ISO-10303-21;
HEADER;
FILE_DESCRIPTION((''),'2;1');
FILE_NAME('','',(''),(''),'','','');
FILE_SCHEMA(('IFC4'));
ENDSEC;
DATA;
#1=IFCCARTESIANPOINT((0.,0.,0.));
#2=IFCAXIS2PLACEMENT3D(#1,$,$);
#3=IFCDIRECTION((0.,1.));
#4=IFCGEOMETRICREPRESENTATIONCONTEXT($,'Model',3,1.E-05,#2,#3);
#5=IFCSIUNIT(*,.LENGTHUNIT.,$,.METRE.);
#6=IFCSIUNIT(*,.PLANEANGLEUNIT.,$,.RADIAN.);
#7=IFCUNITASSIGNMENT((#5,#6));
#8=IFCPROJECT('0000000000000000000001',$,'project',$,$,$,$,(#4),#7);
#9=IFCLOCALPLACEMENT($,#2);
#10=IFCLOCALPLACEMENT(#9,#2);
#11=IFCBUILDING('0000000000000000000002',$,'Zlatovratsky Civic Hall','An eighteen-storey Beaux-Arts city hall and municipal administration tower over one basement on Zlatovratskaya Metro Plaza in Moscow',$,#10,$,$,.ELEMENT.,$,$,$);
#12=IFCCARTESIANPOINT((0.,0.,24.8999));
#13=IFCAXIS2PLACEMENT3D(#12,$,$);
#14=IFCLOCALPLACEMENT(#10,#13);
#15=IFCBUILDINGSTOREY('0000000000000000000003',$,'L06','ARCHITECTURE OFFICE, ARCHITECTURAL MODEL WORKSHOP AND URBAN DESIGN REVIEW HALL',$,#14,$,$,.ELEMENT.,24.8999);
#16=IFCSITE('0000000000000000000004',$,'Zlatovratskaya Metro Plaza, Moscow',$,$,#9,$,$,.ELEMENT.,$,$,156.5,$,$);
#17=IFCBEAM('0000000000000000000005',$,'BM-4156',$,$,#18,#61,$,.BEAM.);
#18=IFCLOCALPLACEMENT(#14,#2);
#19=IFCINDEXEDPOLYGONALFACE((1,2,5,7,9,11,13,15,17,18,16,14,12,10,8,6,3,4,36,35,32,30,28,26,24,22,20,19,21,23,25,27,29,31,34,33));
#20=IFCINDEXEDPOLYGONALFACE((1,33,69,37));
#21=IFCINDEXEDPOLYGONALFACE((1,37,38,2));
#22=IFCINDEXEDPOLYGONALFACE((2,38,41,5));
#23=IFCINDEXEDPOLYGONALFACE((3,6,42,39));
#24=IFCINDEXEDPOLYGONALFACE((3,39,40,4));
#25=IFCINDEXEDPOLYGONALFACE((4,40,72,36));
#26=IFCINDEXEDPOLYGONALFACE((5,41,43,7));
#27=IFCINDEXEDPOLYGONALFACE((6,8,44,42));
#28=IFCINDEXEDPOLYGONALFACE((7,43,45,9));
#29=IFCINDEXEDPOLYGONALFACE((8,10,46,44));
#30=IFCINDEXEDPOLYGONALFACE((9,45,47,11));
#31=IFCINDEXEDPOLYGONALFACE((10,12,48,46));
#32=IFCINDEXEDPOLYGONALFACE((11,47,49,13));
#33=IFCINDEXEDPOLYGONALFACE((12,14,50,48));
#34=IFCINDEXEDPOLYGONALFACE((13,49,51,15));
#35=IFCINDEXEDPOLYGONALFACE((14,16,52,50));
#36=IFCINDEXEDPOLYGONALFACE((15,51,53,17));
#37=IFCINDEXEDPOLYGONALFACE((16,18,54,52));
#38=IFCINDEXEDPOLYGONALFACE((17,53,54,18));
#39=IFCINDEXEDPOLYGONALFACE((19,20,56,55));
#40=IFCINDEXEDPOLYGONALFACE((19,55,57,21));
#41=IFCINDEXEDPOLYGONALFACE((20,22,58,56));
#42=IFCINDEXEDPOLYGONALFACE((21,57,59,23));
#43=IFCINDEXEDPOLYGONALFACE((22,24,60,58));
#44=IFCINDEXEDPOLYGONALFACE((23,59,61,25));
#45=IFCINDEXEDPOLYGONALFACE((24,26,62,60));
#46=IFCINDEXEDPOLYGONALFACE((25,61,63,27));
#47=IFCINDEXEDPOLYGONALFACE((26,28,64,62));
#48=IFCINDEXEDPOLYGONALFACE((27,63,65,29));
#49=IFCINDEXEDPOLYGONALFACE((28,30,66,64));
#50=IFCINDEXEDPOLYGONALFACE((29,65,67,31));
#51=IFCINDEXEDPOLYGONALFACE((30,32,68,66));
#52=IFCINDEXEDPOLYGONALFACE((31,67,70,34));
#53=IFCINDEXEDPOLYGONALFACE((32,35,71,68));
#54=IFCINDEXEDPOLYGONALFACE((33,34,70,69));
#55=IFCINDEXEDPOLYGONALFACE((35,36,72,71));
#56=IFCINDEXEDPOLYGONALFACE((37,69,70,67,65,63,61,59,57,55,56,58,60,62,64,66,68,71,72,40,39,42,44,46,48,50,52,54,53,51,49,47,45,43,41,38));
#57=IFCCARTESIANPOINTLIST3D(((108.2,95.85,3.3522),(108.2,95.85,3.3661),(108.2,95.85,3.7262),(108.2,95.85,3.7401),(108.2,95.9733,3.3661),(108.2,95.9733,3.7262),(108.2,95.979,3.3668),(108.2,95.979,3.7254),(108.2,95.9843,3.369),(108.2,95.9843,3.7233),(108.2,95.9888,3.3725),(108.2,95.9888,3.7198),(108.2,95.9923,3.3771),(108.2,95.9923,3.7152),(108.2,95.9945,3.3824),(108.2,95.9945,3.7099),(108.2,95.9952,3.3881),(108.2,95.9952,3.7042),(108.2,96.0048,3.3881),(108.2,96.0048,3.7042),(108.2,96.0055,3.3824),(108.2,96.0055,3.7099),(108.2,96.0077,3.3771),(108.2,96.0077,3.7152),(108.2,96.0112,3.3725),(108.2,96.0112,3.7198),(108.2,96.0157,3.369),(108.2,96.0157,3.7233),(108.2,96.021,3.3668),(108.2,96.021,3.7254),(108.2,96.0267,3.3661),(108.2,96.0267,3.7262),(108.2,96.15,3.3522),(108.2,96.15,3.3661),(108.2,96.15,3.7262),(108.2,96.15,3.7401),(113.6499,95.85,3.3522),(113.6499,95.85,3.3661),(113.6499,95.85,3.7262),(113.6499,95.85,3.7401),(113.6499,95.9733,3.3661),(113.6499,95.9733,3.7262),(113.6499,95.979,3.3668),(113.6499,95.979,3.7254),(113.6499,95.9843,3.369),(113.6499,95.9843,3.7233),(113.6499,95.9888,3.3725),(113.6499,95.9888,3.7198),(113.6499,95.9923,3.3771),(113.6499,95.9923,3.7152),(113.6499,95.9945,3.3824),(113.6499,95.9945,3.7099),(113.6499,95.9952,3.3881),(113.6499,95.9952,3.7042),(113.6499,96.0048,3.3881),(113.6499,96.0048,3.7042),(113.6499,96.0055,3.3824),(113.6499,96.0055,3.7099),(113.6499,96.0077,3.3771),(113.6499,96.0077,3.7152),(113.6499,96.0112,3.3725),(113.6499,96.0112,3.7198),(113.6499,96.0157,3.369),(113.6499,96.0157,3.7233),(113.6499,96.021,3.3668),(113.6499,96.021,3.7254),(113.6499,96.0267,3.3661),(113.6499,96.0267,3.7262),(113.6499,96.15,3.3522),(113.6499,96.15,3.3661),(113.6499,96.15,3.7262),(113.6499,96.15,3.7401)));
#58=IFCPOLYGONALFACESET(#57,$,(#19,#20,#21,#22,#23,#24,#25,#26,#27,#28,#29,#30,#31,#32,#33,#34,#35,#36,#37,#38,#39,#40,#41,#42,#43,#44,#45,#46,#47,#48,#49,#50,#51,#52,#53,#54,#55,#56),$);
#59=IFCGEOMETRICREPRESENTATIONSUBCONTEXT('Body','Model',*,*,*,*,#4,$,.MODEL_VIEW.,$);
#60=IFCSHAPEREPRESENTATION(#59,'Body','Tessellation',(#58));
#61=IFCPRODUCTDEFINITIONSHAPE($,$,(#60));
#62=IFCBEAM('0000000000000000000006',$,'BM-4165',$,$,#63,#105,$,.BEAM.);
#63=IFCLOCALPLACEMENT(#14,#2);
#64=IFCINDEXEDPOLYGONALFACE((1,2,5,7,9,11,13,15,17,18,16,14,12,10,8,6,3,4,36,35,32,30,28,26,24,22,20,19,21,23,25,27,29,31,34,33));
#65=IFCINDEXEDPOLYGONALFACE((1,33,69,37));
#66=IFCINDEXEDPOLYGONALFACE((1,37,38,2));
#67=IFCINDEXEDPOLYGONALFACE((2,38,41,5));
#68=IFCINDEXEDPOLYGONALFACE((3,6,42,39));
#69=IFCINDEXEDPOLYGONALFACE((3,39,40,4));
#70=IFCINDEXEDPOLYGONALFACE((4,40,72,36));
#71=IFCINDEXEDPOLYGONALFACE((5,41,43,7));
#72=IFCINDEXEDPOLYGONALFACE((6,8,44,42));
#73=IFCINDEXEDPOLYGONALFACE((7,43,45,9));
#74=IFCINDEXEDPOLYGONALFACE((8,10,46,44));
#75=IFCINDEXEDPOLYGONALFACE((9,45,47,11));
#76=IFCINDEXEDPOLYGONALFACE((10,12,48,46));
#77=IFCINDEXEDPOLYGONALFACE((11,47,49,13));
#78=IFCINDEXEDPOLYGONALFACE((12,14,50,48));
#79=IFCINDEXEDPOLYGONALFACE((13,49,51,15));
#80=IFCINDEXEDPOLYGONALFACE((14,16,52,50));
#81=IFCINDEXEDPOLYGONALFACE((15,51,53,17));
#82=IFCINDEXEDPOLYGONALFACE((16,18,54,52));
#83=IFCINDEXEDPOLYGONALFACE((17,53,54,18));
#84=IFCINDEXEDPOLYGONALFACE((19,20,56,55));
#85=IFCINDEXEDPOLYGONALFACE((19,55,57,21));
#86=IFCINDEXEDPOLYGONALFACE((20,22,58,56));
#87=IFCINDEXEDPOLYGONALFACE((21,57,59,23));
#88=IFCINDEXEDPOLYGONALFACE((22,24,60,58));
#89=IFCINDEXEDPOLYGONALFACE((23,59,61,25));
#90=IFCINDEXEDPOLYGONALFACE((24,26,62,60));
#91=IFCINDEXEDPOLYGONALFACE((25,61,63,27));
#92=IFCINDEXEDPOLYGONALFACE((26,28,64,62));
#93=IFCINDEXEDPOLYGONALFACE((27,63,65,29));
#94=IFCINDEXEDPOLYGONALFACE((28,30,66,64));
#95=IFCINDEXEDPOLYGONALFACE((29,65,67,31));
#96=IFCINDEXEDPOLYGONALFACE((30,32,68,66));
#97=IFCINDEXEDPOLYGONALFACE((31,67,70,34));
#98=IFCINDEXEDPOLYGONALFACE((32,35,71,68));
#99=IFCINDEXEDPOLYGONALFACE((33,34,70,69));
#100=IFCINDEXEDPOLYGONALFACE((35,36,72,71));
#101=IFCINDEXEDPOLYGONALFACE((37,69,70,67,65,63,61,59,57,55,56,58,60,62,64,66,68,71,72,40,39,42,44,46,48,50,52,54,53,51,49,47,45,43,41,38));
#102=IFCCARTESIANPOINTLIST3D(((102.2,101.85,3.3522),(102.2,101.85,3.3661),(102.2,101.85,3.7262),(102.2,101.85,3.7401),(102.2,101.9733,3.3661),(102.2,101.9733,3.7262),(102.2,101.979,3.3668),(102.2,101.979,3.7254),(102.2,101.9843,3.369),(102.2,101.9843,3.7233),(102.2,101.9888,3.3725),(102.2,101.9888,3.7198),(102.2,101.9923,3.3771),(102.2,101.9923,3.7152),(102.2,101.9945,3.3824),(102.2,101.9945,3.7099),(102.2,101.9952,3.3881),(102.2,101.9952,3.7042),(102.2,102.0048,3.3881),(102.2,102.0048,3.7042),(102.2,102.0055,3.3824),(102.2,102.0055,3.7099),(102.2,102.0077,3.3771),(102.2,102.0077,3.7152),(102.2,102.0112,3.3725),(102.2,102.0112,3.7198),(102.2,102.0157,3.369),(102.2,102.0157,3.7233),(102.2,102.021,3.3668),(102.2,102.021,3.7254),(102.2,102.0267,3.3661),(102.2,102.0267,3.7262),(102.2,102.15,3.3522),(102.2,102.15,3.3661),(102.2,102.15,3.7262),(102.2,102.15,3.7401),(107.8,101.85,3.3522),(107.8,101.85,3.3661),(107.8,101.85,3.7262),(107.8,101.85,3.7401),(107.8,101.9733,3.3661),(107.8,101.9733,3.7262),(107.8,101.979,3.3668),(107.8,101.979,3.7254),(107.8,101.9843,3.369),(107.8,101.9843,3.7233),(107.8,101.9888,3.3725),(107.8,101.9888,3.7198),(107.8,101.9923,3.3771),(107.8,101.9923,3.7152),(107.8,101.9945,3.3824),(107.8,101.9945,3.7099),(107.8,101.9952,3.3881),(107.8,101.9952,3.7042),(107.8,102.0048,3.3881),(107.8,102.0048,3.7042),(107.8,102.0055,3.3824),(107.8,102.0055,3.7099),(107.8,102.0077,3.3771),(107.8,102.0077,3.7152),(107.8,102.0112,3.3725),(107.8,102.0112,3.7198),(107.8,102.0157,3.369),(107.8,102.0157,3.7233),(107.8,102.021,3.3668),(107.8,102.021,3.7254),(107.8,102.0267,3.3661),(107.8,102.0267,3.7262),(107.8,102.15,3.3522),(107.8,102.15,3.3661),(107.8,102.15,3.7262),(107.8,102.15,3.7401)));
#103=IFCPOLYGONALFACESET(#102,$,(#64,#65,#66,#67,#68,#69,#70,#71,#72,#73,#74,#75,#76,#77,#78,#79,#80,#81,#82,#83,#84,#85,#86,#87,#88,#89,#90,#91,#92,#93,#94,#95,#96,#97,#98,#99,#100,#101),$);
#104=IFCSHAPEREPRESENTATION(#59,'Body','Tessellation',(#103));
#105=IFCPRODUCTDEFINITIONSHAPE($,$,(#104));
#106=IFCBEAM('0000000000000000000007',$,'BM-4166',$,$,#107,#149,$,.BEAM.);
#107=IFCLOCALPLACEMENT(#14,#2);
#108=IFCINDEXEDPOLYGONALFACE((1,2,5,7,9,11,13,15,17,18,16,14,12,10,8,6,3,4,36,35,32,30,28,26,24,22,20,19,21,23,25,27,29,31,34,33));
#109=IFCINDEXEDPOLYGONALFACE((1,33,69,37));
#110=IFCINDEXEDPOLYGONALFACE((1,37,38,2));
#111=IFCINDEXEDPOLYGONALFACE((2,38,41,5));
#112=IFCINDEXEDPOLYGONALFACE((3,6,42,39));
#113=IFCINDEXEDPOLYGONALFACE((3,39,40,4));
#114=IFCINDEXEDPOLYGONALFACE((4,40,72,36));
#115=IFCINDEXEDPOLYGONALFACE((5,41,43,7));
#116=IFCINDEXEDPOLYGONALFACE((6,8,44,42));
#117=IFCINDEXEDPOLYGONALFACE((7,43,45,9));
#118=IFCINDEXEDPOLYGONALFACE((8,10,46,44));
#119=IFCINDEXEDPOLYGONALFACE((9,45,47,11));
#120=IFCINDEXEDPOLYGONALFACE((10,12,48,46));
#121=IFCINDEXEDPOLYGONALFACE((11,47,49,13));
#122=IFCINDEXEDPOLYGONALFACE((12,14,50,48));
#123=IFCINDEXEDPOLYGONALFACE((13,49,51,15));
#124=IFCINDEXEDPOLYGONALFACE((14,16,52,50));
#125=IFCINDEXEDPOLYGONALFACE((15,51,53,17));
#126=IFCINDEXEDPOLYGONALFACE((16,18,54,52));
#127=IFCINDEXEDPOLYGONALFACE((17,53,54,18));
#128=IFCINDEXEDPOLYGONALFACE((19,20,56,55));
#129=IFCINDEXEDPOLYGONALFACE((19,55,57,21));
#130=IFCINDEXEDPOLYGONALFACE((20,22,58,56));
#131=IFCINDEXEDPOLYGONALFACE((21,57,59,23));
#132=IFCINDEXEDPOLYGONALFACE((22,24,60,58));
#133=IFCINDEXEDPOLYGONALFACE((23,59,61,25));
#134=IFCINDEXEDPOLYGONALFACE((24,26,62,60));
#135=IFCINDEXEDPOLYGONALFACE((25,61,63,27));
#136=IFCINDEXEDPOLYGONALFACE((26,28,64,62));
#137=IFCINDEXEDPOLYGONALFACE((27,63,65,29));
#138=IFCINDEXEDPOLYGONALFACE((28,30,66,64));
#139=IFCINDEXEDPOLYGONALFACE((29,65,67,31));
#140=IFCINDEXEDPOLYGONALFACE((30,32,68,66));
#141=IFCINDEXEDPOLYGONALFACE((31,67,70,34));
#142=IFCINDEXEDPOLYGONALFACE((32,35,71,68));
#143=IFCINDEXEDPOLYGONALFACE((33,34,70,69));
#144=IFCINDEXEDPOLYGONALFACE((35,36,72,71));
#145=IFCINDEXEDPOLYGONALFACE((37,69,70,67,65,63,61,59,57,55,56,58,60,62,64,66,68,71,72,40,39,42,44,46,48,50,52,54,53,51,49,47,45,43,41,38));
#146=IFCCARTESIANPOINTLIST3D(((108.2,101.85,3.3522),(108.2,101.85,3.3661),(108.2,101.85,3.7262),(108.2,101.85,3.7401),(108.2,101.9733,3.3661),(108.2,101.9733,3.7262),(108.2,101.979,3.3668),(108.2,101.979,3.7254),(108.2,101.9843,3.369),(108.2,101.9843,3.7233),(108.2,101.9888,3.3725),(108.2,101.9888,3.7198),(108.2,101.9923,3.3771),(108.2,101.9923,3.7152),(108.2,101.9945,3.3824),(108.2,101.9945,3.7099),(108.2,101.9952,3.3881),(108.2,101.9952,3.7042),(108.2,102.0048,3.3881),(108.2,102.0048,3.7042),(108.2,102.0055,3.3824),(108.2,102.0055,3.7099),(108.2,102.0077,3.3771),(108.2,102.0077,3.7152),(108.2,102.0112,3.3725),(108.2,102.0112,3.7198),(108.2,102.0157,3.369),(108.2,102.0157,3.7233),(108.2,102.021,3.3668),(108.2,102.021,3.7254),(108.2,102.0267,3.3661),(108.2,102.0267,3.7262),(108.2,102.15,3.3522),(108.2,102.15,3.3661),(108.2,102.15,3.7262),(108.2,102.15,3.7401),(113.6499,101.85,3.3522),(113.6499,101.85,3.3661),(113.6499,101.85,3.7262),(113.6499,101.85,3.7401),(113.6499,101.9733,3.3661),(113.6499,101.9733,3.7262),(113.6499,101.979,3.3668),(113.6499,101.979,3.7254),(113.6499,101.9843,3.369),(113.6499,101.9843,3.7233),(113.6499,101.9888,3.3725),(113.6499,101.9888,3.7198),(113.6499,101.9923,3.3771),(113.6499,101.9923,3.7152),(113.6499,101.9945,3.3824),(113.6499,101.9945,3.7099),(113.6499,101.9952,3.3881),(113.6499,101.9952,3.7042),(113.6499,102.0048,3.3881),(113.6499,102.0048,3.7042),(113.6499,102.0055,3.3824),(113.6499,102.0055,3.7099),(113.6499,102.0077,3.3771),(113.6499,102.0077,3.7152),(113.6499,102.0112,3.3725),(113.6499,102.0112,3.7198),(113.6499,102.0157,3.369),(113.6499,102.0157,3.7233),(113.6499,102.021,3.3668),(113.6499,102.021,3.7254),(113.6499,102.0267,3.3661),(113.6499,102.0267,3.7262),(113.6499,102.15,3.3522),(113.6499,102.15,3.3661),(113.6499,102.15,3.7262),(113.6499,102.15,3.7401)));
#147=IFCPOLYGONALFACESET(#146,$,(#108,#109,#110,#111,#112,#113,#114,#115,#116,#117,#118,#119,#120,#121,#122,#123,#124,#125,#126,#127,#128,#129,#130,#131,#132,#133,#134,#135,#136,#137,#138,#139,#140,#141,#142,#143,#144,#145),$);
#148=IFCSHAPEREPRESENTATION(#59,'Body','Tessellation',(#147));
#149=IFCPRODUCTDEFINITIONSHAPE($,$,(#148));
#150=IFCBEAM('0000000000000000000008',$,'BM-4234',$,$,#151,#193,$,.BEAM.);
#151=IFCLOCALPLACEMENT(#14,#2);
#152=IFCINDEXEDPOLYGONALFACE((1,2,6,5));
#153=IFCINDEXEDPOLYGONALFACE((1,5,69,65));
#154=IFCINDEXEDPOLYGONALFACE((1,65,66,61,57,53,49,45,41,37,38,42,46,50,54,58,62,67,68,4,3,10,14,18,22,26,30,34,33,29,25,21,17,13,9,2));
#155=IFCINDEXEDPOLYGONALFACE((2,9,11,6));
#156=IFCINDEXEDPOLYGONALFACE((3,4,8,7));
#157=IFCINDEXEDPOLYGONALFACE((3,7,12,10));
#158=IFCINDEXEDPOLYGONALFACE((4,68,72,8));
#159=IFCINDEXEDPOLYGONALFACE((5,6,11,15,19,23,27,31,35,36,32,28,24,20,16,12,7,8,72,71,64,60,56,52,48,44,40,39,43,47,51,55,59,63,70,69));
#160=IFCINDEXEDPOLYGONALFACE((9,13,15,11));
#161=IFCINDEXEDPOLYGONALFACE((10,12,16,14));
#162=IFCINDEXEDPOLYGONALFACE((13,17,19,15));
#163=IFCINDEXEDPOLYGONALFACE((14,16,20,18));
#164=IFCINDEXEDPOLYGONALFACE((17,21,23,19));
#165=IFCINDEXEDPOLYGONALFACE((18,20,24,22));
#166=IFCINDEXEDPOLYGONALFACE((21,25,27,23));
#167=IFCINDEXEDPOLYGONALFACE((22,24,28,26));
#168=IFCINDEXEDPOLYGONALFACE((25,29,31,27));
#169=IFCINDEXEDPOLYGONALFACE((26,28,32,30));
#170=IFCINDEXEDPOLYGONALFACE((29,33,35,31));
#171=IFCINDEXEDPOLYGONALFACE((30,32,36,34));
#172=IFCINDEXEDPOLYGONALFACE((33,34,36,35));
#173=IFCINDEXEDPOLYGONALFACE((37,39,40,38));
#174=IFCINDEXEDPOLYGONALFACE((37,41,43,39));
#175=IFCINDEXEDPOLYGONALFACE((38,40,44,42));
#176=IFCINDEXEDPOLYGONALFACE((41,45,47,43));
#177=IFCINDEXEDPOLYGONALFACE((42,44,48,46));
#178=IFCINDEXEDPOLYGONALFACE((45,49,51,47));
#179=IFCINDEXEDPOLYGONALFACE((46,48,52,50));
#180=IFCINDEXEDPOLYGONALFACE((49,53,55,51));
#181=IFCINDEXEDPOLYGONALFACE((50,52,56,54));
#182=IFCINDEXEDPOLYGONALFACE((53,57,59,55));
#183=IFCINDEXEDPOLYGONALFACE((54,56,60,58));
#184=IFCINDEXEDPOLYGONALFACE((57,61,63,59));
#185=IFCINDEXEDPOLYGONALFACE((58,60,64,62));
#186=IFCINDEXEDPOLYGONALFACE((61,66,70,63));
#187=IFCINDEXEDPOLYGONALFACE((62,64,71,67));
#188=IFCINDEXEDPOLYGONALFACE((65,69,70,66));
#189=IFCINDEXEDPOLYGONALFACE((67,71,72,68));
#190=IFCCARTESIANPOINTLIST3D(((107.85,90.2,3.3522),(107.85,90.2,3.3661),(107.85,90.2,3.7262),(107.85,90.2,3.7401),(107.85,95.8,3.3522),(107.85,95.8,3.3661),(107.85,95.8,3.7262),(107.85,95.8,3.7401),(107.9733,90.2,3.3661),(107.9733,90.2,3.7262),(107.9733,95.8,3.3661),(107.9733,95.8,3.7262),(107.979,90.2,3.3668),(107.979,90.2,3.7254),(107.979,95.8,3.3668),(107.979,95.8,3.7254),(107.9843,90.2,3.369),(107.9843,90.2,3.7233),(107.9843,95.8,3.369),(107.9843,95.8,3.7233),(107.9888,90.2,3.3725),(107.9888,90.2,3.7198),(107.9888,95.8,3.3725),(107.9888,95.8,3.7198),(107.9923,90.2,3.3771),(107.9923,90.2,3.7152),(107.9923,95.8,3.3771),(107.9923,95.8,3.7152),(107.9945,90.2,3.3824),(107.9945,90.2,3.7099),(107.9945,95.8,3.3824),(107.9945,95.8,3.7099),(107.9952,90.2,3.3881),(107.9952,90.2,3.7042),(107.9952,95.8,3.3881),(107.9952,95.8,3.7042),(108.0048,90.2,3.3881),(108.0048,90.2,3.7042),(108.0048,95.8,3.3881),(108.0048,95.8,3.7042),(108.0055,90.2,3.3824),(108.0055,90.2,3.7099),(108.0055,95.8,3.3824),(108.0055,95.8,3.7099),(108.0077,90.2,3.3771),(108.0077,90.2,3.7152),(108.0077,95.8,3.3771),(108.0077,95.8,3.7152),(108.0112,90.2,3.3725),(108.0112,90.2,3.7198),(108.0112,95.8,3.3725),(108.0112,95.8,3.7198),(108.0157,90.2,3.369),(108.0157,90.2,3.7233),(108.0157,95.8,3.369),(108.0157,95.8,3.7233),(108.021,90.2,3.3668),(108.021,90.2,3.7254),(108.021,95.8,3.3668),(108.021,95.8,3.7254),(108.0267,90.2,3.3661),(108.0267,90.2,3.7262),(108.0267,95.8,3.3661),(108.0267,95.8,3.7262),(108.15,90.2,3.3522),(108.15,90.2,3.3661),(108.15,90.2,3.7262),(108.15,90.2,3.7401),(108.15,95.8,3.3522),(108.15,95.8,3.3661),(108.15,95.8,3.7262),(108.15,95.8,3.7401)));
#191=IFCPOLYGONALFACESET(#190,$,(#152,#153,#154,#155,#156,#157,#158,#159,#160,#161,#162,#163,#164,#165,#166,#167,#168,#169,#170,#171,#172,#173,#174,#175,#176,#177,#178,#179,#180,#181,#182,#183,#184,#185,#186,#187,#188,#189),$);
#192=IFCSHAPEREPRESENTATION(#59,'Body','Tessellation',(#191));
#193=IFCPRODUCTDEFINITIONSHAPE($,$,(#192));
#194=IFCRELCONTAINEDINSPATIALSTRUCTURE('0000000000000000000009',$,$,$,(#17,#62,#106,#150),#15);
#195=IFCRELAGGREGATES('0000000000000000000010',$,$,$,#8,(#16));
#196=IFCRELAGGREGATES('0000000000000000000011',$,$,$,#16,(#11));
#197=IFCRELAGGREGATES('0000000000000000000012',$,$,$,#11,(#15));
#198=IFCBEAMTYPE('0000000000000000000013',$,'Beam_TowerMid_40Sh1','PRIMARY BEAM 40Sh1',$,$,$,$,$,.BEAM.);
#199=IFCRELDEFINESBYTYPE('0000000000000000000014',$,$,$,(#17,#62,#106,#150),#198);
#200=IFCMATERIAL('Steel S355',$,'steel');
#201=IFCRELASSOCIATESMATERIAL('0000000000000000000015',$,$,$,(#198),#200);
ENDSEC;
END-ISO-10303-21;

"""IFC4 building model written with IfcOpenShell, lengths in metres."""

from ifc_helpers import new_model, si_unit, direction, frame, origin, origin_2d, place, context, subcontext, project, spatial, i_section, extrude, material, material_profile, profile_set, type_object, element, save


model = new_model("IFC4")

# Units and contexts
model_context = context("Model", 3, precision=1e-05, world=origin(), true_north=direction((0.0, 1.0)))
body_context = subcontext(model_context, "Body", "Model", "MODEL_VIEW")
ifc_project = project(units=[si_unit("LENGTHUNIT", "METRE"), si_unit("PLANEANGLEUNIT", "RADIAN")], contexts=[model_context])

# Site, building, storey
site_placement = place(None, origin())
site = spatial("IfcSite", under=ifc_project, at=site_placement, Name="Zlatovratskaya Metro Plaza, Moscow", CompositionType="ELEMENT", RefElevation=156.5)
building_placement = place(site_placement, origin())
building = spatial("IfcBuilding", under=site, at=building_placement, Name="Zlatovratsky Civic Hall", Description="An eighteen-storey Beaux-Arts city hall and municipal administration tower over one basement on Zlatovratskaya Metro Plaza in Moscow", CompositionType="ELEMENT")
storey_placement = place(building_placement, frame((0.0, 0.0, 24.8999)))
storey = spatial("IfcBuildingStorey", under=building, at=storey_placement, Name="L06", Description="ARCHITECTURE OFFICE, ARCHITECTURAL MODEL WORKSHOP AND URBAN DESIGN REVIEW HALL", CompositionType="ELEMENT", Elevation=24.8999)

# Shared definitions
ifc_material_1 = material(Name="Steel S355", Category="steel")

# Beams
ifc_material_profile_1 = material_profile(ifc_material_1, i_section(OverallWidth=0.3, OverallDepth=0.3879, WebThickness=0.0095, FlangeThickness=0.0139, FilletRadius=0.022, at=origin_2d()), Name="40Sh1")
ifc_profile_set_1 = profile_set([ifc_material_profile_1], Name="Steel S355")
beam_type_1 = type_object("IfcBeamType", Name="Beam_TowerMid_40Sh1", Description="PRIMARY BEAM 40Sh1", PredefinedType="BEAM", material=ifc_profile_set_1)
for number, where, z_axis, x_axis, name in (
    (1, (108.2, 96.0, 3.5461), (1.0, 0.0, 0.0), (0.0, 1.0, 0.0), "BM-4156"),
):
    element("IfcBeam", number, at=place(storey_placement, frame(where, z_axis=z_axis, x_axis=x_axis)), inside=storey, type_object=beam_type_1, Name=name, PredefinedType="BEAM", context=body_context, shape_type="SweptSolid", body=[
        extrude(i_section(OverallWidth=0.3, OverallDepth=0.3879, WebThickness=0.0095, FlangeThickness=0.0139, FilletRadius=0.022, at=origin_2d()), origin(), (0.0, 0.0, 1.0), 5.45),
    ])
beam_1_placement = place(storey_placement, frame((102.2, 102.0, 3.5461), z_axis=(1.0, 0.0, 0.0), x_axis=(0.0, 1.0, 0.0)))
element("IfcBeam", 2, at=beam_1_placement, inside=storey, type_object=beam_type_1, Name="BM-4165", PredefinedType="BEAM", context=body_context, shape_type="SweptSolid", body=[
    extrude(i_section(OverallWidth=0.3, OverallDepth=0.3879, WebThickness=0.0095, FlangeThickness=0.0139, FilletRadius=0.022, at=origin_2d()), origin(), (0.0, 0.0, 1.0), 5.6001),
])
beam_2_placement = place(storey_placement, frame((108.2, 102.0, 3.5461), z_axis=(1.0, 0.0, 0.0), x_axis=(0.0, 1.0, 0.0)))
element("IfcBeam", 3, at=beam_2_placement, inside=storey, type_object=beam_type_1, Name="BM-4166", PredefinedType="BEAM", context=body_context, shape_type="SweptSolid", body=[
    extrude(i_section(OverallWidth=0.3, OverallDepth=0.3879, WebThickness=0.0095, FlangeThickness=0.0139, FilletRadius=0.022, at=origin_2d()), origin(), (0.0, 0.0, 1.0), 5.45),
])
for number, where, z_axis, x_axis, name in (
    (4, (108.0, 90.2, 3.5461), (0.0, 1.0, 0.0), (-1.0, 0.0, 0.0), "BM-4234"),
):
    element("IfcBeam", number, at=place(storey_placement, frame(where, z_axis=z_axis, x_axis=x_axis)), inside=storey, type_object=beam_type_1, Name=name, PredefinedType="BEAM", context=body_context, shape_type="SweptSolid", body=[
        extrude(i_section(OverallWidth=0.3, OverallDepth=0.3879, WebThickness=0.0095, FlangeThickness=0.0139, FilletRadius=0.022, at=origin_2d()), origin(), (0.0, 0.0, 1.0), 5.6001),
    ])

save(model, "model.ifc")
